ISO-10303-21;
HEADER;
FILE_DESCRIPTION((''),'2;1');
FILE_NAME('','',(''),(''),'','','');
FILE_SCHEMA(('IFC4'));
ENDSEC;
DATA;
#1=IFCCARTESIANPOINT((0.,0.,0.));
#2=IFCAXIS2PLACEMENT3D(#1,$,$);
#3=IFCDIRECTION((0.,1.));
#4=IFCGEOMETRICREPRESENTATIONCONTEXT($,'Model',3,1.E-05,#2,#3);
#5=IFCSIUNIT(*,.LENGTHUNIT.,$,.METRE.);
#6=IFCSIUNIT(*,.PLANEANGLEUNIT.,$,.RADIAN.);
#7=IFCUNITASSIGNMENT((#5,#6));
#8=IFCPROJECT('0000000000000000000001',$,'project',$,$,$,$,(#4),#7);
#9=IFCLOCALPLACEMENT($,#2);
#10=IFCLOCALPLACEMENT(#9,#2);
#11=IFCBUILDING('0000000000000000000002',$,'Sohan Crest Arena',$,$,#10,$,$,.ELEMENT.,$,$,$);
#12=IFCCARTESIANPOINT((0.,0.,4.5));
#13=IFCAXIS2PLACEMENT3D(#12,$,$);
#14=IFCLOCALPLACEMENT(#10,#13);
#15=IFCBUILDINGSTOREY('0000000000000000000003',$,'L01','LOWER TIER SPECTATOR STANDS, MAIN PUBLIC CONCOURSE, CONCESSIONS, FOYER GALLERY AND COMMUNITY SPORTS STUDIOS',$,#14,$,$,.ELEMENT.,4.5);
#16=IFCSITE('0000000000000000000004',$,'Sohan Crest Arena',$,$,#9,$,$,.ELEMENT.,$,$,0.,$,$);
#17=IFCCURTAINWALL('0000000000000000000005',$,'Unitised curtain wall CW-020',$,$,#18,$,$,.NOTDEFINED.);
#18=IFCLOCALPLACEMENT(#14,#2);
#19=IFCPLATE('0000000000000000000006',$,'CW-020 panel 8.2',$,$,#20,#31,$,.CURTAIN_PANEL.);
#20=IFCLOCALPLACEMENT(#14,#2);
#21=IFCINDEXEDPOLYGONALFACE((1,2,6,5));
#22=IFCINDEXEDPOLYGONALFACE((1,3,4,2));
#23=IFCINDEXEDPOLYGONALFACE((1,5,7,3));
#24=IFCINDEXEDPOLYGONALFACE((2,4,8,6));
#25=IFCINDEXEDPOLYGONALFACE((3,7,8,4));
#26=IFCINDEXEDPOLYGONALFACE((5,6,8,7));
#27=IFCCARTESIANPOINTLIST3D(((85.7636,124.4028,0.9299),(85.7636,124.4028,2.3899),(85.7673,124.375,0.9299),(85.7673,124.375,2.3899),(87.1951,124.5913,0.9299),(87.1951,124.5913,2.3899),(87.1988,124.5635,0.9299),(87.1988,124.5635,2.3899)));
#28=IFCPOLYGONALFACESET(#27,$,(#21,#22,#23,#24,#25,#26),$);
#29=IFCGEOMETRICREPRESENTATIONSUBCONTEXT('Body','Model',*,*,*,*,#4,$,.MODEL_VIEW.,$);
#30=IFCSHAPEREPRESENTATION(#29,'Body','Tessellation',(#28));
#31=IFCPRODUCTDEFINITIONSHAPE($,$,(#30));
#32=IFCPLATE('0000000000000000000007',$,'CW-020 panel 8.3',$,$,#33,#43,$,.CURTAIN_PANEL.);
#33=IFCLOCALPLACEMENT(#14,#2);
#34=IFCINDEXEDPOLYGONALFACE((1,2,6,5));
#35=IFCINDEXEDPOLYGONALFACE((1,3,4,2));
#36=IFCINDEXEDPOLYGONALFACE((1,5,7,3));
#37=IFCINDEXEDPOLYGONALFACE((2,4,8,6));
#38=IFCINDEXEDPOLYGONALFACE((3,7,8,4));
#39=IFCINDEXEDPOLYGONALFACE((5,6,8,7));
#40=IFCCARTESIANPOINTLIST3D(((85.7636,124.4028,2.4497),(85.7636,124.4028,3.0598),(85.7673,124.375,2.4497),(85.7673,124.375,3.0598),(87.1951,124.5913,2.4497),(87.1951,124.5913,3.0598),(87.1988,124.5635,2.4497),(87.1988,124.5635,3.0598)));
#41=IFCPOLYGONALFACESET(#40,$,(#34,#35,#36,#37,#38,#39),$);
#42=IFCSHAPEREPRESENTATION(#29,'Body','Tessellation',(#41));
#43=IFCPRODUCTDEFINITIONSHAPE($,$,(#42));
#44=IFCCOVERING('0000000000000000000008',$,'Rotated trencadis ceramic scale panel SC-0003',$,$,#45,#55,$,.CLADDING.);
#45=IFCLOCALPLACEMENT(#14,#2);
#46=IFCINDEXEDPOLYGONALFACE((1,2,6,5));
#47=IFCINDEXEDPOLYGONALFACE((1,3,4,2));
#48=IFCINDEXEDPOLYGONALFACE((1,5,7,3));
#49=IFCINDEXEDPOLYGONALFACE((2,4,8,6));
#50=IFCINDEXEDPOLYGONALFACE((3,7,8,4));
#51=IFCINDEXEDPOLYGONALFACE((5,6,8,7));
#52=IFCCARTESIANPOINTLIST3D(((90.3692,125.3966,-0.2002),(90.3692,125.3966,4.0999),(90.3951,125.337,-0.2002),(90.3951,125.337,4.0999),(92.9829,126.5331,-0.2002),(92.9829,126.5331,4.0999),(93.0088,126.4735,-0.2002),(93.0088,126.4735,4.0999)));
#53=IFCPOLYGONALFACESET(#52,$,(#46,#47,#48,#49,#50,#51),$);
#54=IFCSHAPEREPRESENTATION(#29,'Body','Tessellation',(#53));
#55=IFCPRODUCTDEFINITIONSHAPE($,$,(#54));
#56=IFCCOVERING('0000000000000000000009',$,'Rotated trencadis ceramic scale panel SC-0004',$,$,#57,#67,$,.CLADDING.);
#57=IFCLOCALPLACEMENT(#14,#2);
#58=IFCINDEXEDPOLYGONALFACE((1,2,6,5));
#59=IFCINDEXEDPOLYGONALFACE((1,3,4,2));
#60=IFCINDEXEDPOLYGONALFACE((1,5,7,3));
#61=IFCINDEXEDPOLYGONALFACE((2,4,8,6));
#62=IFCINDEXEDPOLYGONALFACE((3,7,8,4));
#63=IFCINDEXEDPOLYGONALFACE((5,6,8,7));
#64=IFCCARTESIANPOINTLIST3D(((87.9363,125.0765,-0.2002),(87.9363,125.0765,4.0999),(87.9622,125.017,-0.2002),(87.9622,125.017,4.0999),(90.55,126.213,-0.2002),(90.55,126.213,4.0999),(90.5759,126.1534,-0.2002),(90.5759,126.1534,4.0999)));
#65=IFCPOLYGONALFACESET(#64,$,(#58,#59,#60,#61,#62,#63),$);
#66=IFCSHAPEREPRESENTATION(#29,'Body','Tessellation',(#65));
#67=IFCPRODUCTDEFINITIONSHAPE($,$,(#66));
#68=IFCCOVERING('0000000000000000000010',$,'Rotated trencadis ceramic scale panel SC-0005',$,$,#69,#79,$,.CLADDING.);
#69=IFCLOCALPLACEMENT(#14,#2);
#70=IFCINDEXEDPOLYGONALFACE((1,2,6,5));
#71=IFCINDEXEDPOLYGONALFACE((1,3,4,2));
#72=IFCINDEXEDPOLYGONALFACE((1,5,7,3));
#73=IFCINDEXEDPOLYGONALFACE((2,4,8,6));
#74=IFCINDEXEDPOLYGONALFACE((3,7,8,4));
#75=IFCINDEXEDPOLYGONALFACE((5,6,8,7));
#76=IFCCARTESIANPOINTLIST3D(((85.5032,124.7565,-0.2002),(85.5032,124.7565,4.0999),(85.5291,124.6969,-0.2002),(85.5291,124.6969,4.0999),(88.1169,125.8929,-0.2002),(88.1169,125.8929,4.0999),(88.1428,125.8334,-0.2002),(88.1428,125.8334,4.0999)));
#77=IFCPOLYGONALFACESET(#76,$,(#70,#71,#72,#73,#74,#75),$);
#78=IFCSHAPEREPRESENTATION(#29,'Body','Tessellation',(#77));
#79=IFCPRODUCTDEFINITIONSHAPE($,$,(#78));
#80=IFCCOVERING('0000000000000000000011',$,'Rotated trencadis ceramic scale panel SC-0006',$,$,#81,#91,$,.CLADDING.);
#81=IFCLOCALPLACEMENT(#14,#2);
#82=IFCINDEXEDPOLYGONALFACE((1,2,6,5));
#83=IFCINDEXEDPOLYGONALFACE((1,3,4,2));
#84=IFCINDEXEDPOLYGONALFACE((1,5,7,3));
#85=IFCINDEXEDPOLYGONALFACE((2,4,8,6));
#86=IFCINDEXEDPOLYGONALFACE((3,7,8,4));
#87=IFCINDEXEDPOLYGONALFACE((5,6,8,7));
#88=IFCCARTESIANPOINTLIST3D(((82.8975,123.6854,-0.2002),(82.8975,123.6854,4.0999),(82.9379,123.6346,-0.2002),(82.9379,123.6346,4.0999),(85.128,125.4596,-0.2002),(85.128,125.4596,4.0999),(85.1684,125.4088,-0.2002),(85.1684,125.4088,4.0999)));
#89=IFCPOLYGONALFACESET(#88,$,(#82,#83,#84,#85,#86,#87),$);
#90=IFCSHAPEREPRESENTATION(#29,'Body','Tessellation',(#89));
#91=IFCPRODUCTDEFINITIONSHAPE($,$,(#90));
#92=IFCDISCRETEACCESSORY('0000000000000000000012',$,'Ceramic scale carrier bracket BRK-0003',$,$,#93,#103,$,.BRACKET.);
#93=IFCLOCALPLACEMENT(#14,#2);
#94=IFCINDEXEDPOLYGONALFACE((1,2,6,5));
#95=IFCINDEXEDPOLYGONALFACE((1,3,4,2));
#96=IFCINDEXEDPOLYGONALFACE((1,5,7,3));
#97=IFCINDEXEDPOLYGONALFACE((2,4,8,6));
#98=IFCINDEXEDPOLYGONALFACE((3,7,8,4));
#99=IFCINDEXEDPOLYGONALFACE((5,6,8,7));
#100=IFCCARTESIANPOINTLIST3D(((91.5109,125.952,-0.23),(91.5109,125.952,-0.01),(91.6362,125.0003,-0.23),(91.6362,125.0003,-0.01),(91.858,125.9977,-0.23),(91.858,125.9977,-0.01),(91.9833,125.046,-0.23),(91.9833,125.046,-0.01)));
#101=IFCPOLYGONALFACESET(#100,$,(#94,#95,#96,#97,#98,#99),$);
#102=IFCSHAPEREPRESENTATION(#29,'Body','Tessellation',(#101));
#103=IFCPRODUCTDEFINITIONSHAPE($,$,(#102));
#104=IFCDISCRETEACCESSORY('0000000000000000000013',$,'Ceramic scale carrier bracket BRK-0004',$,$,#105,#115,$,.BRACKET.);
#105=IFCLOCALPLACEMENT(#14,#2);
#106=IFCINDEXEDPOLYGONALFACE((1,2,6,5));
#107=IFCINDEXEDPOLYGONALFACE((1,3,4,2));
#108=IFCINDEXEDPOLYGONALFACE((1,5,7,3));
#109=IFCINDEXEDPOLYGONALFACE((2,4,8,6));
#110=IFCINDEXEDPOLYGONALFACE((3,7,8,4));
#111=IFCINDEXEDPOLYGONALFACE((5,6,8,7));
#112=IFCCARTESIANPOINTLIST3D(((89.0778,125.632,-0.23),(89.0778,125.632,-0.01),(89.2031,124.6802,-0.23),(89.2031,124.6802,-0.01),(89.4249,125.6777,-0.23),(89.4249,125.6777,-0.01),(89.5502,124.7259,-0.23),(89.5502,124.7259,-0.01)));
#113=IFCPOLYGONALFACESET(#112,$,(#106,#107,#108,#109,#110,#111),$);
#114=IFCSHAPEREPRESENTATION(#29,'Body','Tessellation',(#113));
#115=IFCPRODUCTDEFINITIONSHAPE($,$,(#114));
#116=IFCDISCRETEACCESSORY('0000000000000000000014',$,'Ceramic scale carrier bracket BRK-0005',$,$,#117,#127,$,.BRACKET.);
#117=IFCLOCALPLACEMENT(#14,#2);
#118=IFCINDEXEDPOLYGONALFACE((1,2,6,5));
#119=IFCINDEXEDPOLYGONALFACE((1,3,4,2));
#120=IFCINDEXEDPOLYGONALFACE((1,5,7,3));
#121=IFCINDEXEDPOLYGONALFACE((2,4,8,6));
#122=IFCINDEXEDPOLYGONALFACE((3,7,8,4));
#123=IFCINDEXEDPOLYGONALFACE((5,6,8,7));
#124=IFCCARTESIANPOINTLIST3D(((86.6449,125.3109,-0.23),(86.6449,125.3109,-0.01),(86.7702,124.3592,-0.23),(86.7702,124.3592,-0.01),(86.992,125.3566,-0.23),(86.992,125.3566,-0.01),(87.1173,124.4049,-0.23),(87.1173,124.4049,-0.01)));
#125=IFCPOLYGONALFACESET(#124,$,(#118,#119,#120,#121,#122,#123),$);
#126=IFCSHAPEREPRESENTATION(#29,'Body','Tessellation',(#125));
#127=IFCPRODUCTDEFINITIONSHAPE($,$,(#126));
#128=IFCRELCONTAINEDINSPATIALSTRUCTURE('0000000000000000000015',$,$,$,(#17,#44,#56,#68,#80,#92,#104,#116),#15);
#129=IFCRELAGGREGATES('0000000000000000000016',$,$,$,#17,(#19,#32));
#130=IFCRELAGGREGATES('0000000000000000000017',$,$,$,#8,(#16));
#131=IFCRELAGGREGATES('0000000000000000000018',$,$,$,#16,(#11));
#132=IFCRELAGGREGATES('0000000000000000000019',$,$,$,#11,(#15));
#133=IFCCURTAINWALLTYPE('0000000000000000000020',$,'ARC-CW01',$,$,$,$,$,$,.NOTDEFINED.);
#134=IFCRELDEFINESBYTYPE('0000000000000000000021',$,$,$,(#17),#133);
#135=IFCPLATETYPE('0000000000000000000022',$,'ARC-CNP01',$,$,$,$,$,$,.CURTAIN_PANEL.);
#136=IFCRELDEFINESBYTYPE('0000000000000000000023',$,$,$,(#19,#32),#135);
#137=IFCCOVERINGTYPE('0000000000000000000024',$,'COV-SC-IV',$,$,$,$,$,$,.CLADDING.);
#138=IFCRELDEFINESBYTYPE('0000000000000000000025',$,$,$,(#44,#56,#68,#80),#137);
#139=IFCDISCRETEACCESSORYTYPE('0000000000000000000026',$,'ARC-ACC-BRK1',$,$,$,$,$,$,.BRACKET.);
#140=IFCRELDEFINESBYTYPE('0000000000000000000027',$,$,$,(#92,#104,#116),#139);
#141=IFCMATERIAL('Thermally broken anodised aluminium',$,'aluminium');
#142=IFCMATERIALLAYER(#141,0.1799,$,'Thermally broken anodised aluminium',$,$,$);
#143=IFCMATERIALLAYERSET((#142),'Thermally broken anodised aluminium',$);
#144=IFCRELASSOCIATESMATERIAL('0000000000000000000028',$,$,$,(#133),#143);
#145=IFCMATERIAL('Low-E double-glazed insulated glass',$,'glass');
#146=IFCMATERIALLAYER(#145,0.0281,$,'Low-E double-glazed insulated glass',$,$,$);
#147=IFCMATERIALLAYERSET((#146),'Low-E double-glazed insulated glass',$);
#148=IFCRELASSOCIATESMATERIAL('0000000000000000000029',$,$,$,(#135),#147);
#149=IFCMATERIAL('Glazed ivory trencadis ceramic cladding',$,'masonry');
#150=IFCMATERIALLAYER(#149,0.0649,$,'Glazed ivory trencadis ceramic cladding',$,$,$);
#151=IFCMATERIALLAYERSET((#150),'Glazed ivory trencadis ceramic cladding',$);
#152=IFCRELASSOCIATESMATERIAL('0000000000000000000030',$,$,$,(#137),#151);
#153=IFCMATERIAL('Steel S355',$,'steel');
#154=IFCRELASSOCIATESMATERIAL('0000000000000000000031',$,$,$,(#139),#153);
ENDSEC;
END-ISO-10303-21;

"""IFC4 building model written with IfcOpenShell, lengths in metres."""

from ifc_helpers import new_model, si_unit, direction, frame, origin, origin_2d, place, context, subcontext, project, spatial, rectangle, extrude, material, layer, layer_set, type_object, element, aggregate, save


model = new_model("IFC4")

# Units and contexts
model_context = context("Model", 3, precision=1e-05, world=origin(), true_north=direction((0.0, 1.0)))
body_context = subcontext(model_context, "Body", "Model", "MODEL_VIEW")
ifc_project = project(units=[si_unit("LENGTHUNIT", "METRE"), si_unit("PLANEANGLEUNIT", "RADIAN")], contexts=[model_context])

# Site, building, storey
site_placement = place(None, origin())
site = spatial("IfcSite", under=ifc_project, at=site_placement, Name="Sohan Crest Arena", CompositionType="ELEMENT", RefElevation=0.0)
building_placement = place(site_placement, origin())
building = spatial("IfcBuilding", under=site, at=building_placement, Name="Sohan Crest Arena", CompositionType="ELEMENT")
storey_placement = place(building_placement, frame((0.0, 0.0, 4.5)))
storey = spatial("IfcBuildingStorey", under=building, at=storey_placement, Name="L01", Description="LOWER TIER SPECTATOR STANDS, MAIN PUBLIC CONCOURSE, CONCESSIONS, FOYER GALLERY AND COMMUNITY SPORTS STUDIOS", CompositionType="ELEMENT", Elevation=4.5)

# Curtain wall, plates
ifc_material_1 = material(Name="Thermally broken anodised aluminium", Category="aluminium")
ifc_layer_1 = layer(ifc_material_1, 0.1799, Name="Thermally broken anodised aluminium")
ifc_layer_set_1 = layer_set([ifc_layer_1], Name="Thermally broken anodised aluminium")
curtain_wall_type = type_object("IfcCurtainWallType", Name="ARC-CW01", PredefinedType="NOTDEFINED", material=ifc_layer_set_1)
curtain_wall_placement = place(storey_placement, origin())
curtain_wall = element("IfcCurtainWall", 1, at=curtain_wall_placement, inside=storey, type_object=curtain_wall_type, Name="Unitised curtain wall CW-020", PredefinedType="NOTDEFINED")
ifc_material_2 = material(Name="Low-E double-glazed insulated glass", Category="glass")
ifc_layer_2 = layer(ifc_material_2, 0.0281, Name="Low-E double-glazed insulated glass")
ifc_layer_set_2 = layer_set([ifc_layer_2], Name="Low-E double-glazed insulated glass")
plate_type = type_object("IfcPlateType", Name="ARC-CNP01", PredefinedType="CURTAIN_PANEL", material=ifc_layer_set_2)
plate_1_placement = place(storey_placement, frame((86.4812, 124.4832, 0.9299), z_axis=(0.0, 0.0, 1.0), x_axis=(-0.99144, -0.130562, 0.0)))
plate_1 = element("IfcPlate", 2, at=plate_1_placement, type_object=plate_type, Name="CW-020 panel 8.2", PredefinedType="CURTAIN_PANEL", context=body_context, shape_type="SweptSolid", body=[
    extrude(rectangle(XDim=1.4438, YDim=0.0281, at=origin_2d()), origin(), (0.0, 0.0, 1.0), 1.46),
])
plate_2_placement = place(storey_placement, frame((86.4812, 124.4832, 2.4497), z_axis=(0.0, 0.0, 1.0), x_axis=(-0.99144, -0.130562, 0.0)))
plate_2 = element("IfcPlate", 3, at=plate_2_placement, type_object=plate_type, Name="CW-020 panel 8.3", PredefinedType="CURTAIN_PANEL", context=body_context, shape_type="SweptSolid", body=[
    extrude(rectangle(XDim=1.4438, YDim=0.0281, at=origin_2d()), origin(), (0.0, 0.0, 1.0), 0.6101),
])
aggregate(curtain_wall, [plate_1, plate_2])

# Coverings
ifc_material_3 = material(Name="Glazed ivory trencadis ceramic cladding", Category="masonry")
ifc_layer_3 = layer(ifc_material_3, 0.0649, Name="Glazed ivory trencadis ceramic cladding")
ifc_layer_set_3 = layer_set([ifc_layer_3], Name="Glazed ivory trencadis ceramic cladding")
covering_type = type_object("IfcCoveringType", Name="COV-SC-IV", PredefinedType="CLADDING", material=ifc_layer_set_3)
for number, where, z_axis, x_axis, name in (
    (4, (91.689, 125.9351, -0.2002), (0.0, 0.0, 1.0), (-0.91706, -0.398749, 0.0), "Rotated trencadis ceramic scale panel SC-0003"),
    (5, (89.2561, 125.615, -0.2002), (0.0, 0.0, 1.0), (-0.91706, -0.398749, 0.0), "Rotated trencadis ceramic scale panel SC-0004"),
    (6, (86.823, 125.2949, -0.2002), (0.0, 0.0, 1.0), (-0.91706, -0.398749, 0.0), "Rotated trencadis ceramic scale panel SC-0005"),
    (7, (84.033, 124.5471, -0.2002), (0.0, 0.0, 1.0), (-0.782608, -0.622515, 0.0), "Rotated trencadis ceramic scale panel SC-0006"),
):
    element("IfcCovering", number, at=place(storey_placement, frame(where, z_axis=z_axis, x_axis=x_axis)), inside=storey, type_object=covering_type, Name=name, PredefinedType="CLADDING", context=body_context, shape_type="SweptSolid", body=[
        extrude(rectangle(XDim=2.8501, YDim=0.0649, at=origin_2d()), origin(), (0.0, 0.0, 1.0), 4.3),
    ])

# Discrete accessories
ifc_material_4 = material(Name="Steel S355", Category="steel")
discrete_accessory_type = type_object("IfcDiscreteAccessoryType", Name="ARC-ACC-BRK1", PredefinedType="BRACKET", material=ifc_material_4)
for number, where, z_axis, x_axis, name in (
    (8, (91.7471, 125.499, -0.23), (0.0, 0.0, 1.0), (-0.991445, -0.130526, 0.0), "Ceramic scale carrier bracket BRK-0003"),
    (9, (89.314, 125.179, -0.23), (0.0, 0.0, 1.0), (-0.991445, -0.130526, 0.0), "Ceramic scale carrier bracket BRK-0004"),
    (10, (86.8811, 124.8579, -0.23), (0.0, 0.0, 1.0), (-0.991445, -0.130526, 0.0), "Ceramic scale carrier bracket BRK-0005"),
):
    element("IfcDiscreteAccessory", number, at=place(storey_placement, frame(where, z_axis=z_axis, x_axis=x_axis)), inside=storey, type_object=discrete_accessory_type, Name=name, PredefinedType="BRACKET", context=body_context, shape_type="SweptSolid", body=[
        extrude(rectangle(XDim=0.3501, YDim=0.96, at=origin_2d()), origin(), (0.0, 0.0, 1.0), 0.22),
    ])

save(model, "model.ifc")
